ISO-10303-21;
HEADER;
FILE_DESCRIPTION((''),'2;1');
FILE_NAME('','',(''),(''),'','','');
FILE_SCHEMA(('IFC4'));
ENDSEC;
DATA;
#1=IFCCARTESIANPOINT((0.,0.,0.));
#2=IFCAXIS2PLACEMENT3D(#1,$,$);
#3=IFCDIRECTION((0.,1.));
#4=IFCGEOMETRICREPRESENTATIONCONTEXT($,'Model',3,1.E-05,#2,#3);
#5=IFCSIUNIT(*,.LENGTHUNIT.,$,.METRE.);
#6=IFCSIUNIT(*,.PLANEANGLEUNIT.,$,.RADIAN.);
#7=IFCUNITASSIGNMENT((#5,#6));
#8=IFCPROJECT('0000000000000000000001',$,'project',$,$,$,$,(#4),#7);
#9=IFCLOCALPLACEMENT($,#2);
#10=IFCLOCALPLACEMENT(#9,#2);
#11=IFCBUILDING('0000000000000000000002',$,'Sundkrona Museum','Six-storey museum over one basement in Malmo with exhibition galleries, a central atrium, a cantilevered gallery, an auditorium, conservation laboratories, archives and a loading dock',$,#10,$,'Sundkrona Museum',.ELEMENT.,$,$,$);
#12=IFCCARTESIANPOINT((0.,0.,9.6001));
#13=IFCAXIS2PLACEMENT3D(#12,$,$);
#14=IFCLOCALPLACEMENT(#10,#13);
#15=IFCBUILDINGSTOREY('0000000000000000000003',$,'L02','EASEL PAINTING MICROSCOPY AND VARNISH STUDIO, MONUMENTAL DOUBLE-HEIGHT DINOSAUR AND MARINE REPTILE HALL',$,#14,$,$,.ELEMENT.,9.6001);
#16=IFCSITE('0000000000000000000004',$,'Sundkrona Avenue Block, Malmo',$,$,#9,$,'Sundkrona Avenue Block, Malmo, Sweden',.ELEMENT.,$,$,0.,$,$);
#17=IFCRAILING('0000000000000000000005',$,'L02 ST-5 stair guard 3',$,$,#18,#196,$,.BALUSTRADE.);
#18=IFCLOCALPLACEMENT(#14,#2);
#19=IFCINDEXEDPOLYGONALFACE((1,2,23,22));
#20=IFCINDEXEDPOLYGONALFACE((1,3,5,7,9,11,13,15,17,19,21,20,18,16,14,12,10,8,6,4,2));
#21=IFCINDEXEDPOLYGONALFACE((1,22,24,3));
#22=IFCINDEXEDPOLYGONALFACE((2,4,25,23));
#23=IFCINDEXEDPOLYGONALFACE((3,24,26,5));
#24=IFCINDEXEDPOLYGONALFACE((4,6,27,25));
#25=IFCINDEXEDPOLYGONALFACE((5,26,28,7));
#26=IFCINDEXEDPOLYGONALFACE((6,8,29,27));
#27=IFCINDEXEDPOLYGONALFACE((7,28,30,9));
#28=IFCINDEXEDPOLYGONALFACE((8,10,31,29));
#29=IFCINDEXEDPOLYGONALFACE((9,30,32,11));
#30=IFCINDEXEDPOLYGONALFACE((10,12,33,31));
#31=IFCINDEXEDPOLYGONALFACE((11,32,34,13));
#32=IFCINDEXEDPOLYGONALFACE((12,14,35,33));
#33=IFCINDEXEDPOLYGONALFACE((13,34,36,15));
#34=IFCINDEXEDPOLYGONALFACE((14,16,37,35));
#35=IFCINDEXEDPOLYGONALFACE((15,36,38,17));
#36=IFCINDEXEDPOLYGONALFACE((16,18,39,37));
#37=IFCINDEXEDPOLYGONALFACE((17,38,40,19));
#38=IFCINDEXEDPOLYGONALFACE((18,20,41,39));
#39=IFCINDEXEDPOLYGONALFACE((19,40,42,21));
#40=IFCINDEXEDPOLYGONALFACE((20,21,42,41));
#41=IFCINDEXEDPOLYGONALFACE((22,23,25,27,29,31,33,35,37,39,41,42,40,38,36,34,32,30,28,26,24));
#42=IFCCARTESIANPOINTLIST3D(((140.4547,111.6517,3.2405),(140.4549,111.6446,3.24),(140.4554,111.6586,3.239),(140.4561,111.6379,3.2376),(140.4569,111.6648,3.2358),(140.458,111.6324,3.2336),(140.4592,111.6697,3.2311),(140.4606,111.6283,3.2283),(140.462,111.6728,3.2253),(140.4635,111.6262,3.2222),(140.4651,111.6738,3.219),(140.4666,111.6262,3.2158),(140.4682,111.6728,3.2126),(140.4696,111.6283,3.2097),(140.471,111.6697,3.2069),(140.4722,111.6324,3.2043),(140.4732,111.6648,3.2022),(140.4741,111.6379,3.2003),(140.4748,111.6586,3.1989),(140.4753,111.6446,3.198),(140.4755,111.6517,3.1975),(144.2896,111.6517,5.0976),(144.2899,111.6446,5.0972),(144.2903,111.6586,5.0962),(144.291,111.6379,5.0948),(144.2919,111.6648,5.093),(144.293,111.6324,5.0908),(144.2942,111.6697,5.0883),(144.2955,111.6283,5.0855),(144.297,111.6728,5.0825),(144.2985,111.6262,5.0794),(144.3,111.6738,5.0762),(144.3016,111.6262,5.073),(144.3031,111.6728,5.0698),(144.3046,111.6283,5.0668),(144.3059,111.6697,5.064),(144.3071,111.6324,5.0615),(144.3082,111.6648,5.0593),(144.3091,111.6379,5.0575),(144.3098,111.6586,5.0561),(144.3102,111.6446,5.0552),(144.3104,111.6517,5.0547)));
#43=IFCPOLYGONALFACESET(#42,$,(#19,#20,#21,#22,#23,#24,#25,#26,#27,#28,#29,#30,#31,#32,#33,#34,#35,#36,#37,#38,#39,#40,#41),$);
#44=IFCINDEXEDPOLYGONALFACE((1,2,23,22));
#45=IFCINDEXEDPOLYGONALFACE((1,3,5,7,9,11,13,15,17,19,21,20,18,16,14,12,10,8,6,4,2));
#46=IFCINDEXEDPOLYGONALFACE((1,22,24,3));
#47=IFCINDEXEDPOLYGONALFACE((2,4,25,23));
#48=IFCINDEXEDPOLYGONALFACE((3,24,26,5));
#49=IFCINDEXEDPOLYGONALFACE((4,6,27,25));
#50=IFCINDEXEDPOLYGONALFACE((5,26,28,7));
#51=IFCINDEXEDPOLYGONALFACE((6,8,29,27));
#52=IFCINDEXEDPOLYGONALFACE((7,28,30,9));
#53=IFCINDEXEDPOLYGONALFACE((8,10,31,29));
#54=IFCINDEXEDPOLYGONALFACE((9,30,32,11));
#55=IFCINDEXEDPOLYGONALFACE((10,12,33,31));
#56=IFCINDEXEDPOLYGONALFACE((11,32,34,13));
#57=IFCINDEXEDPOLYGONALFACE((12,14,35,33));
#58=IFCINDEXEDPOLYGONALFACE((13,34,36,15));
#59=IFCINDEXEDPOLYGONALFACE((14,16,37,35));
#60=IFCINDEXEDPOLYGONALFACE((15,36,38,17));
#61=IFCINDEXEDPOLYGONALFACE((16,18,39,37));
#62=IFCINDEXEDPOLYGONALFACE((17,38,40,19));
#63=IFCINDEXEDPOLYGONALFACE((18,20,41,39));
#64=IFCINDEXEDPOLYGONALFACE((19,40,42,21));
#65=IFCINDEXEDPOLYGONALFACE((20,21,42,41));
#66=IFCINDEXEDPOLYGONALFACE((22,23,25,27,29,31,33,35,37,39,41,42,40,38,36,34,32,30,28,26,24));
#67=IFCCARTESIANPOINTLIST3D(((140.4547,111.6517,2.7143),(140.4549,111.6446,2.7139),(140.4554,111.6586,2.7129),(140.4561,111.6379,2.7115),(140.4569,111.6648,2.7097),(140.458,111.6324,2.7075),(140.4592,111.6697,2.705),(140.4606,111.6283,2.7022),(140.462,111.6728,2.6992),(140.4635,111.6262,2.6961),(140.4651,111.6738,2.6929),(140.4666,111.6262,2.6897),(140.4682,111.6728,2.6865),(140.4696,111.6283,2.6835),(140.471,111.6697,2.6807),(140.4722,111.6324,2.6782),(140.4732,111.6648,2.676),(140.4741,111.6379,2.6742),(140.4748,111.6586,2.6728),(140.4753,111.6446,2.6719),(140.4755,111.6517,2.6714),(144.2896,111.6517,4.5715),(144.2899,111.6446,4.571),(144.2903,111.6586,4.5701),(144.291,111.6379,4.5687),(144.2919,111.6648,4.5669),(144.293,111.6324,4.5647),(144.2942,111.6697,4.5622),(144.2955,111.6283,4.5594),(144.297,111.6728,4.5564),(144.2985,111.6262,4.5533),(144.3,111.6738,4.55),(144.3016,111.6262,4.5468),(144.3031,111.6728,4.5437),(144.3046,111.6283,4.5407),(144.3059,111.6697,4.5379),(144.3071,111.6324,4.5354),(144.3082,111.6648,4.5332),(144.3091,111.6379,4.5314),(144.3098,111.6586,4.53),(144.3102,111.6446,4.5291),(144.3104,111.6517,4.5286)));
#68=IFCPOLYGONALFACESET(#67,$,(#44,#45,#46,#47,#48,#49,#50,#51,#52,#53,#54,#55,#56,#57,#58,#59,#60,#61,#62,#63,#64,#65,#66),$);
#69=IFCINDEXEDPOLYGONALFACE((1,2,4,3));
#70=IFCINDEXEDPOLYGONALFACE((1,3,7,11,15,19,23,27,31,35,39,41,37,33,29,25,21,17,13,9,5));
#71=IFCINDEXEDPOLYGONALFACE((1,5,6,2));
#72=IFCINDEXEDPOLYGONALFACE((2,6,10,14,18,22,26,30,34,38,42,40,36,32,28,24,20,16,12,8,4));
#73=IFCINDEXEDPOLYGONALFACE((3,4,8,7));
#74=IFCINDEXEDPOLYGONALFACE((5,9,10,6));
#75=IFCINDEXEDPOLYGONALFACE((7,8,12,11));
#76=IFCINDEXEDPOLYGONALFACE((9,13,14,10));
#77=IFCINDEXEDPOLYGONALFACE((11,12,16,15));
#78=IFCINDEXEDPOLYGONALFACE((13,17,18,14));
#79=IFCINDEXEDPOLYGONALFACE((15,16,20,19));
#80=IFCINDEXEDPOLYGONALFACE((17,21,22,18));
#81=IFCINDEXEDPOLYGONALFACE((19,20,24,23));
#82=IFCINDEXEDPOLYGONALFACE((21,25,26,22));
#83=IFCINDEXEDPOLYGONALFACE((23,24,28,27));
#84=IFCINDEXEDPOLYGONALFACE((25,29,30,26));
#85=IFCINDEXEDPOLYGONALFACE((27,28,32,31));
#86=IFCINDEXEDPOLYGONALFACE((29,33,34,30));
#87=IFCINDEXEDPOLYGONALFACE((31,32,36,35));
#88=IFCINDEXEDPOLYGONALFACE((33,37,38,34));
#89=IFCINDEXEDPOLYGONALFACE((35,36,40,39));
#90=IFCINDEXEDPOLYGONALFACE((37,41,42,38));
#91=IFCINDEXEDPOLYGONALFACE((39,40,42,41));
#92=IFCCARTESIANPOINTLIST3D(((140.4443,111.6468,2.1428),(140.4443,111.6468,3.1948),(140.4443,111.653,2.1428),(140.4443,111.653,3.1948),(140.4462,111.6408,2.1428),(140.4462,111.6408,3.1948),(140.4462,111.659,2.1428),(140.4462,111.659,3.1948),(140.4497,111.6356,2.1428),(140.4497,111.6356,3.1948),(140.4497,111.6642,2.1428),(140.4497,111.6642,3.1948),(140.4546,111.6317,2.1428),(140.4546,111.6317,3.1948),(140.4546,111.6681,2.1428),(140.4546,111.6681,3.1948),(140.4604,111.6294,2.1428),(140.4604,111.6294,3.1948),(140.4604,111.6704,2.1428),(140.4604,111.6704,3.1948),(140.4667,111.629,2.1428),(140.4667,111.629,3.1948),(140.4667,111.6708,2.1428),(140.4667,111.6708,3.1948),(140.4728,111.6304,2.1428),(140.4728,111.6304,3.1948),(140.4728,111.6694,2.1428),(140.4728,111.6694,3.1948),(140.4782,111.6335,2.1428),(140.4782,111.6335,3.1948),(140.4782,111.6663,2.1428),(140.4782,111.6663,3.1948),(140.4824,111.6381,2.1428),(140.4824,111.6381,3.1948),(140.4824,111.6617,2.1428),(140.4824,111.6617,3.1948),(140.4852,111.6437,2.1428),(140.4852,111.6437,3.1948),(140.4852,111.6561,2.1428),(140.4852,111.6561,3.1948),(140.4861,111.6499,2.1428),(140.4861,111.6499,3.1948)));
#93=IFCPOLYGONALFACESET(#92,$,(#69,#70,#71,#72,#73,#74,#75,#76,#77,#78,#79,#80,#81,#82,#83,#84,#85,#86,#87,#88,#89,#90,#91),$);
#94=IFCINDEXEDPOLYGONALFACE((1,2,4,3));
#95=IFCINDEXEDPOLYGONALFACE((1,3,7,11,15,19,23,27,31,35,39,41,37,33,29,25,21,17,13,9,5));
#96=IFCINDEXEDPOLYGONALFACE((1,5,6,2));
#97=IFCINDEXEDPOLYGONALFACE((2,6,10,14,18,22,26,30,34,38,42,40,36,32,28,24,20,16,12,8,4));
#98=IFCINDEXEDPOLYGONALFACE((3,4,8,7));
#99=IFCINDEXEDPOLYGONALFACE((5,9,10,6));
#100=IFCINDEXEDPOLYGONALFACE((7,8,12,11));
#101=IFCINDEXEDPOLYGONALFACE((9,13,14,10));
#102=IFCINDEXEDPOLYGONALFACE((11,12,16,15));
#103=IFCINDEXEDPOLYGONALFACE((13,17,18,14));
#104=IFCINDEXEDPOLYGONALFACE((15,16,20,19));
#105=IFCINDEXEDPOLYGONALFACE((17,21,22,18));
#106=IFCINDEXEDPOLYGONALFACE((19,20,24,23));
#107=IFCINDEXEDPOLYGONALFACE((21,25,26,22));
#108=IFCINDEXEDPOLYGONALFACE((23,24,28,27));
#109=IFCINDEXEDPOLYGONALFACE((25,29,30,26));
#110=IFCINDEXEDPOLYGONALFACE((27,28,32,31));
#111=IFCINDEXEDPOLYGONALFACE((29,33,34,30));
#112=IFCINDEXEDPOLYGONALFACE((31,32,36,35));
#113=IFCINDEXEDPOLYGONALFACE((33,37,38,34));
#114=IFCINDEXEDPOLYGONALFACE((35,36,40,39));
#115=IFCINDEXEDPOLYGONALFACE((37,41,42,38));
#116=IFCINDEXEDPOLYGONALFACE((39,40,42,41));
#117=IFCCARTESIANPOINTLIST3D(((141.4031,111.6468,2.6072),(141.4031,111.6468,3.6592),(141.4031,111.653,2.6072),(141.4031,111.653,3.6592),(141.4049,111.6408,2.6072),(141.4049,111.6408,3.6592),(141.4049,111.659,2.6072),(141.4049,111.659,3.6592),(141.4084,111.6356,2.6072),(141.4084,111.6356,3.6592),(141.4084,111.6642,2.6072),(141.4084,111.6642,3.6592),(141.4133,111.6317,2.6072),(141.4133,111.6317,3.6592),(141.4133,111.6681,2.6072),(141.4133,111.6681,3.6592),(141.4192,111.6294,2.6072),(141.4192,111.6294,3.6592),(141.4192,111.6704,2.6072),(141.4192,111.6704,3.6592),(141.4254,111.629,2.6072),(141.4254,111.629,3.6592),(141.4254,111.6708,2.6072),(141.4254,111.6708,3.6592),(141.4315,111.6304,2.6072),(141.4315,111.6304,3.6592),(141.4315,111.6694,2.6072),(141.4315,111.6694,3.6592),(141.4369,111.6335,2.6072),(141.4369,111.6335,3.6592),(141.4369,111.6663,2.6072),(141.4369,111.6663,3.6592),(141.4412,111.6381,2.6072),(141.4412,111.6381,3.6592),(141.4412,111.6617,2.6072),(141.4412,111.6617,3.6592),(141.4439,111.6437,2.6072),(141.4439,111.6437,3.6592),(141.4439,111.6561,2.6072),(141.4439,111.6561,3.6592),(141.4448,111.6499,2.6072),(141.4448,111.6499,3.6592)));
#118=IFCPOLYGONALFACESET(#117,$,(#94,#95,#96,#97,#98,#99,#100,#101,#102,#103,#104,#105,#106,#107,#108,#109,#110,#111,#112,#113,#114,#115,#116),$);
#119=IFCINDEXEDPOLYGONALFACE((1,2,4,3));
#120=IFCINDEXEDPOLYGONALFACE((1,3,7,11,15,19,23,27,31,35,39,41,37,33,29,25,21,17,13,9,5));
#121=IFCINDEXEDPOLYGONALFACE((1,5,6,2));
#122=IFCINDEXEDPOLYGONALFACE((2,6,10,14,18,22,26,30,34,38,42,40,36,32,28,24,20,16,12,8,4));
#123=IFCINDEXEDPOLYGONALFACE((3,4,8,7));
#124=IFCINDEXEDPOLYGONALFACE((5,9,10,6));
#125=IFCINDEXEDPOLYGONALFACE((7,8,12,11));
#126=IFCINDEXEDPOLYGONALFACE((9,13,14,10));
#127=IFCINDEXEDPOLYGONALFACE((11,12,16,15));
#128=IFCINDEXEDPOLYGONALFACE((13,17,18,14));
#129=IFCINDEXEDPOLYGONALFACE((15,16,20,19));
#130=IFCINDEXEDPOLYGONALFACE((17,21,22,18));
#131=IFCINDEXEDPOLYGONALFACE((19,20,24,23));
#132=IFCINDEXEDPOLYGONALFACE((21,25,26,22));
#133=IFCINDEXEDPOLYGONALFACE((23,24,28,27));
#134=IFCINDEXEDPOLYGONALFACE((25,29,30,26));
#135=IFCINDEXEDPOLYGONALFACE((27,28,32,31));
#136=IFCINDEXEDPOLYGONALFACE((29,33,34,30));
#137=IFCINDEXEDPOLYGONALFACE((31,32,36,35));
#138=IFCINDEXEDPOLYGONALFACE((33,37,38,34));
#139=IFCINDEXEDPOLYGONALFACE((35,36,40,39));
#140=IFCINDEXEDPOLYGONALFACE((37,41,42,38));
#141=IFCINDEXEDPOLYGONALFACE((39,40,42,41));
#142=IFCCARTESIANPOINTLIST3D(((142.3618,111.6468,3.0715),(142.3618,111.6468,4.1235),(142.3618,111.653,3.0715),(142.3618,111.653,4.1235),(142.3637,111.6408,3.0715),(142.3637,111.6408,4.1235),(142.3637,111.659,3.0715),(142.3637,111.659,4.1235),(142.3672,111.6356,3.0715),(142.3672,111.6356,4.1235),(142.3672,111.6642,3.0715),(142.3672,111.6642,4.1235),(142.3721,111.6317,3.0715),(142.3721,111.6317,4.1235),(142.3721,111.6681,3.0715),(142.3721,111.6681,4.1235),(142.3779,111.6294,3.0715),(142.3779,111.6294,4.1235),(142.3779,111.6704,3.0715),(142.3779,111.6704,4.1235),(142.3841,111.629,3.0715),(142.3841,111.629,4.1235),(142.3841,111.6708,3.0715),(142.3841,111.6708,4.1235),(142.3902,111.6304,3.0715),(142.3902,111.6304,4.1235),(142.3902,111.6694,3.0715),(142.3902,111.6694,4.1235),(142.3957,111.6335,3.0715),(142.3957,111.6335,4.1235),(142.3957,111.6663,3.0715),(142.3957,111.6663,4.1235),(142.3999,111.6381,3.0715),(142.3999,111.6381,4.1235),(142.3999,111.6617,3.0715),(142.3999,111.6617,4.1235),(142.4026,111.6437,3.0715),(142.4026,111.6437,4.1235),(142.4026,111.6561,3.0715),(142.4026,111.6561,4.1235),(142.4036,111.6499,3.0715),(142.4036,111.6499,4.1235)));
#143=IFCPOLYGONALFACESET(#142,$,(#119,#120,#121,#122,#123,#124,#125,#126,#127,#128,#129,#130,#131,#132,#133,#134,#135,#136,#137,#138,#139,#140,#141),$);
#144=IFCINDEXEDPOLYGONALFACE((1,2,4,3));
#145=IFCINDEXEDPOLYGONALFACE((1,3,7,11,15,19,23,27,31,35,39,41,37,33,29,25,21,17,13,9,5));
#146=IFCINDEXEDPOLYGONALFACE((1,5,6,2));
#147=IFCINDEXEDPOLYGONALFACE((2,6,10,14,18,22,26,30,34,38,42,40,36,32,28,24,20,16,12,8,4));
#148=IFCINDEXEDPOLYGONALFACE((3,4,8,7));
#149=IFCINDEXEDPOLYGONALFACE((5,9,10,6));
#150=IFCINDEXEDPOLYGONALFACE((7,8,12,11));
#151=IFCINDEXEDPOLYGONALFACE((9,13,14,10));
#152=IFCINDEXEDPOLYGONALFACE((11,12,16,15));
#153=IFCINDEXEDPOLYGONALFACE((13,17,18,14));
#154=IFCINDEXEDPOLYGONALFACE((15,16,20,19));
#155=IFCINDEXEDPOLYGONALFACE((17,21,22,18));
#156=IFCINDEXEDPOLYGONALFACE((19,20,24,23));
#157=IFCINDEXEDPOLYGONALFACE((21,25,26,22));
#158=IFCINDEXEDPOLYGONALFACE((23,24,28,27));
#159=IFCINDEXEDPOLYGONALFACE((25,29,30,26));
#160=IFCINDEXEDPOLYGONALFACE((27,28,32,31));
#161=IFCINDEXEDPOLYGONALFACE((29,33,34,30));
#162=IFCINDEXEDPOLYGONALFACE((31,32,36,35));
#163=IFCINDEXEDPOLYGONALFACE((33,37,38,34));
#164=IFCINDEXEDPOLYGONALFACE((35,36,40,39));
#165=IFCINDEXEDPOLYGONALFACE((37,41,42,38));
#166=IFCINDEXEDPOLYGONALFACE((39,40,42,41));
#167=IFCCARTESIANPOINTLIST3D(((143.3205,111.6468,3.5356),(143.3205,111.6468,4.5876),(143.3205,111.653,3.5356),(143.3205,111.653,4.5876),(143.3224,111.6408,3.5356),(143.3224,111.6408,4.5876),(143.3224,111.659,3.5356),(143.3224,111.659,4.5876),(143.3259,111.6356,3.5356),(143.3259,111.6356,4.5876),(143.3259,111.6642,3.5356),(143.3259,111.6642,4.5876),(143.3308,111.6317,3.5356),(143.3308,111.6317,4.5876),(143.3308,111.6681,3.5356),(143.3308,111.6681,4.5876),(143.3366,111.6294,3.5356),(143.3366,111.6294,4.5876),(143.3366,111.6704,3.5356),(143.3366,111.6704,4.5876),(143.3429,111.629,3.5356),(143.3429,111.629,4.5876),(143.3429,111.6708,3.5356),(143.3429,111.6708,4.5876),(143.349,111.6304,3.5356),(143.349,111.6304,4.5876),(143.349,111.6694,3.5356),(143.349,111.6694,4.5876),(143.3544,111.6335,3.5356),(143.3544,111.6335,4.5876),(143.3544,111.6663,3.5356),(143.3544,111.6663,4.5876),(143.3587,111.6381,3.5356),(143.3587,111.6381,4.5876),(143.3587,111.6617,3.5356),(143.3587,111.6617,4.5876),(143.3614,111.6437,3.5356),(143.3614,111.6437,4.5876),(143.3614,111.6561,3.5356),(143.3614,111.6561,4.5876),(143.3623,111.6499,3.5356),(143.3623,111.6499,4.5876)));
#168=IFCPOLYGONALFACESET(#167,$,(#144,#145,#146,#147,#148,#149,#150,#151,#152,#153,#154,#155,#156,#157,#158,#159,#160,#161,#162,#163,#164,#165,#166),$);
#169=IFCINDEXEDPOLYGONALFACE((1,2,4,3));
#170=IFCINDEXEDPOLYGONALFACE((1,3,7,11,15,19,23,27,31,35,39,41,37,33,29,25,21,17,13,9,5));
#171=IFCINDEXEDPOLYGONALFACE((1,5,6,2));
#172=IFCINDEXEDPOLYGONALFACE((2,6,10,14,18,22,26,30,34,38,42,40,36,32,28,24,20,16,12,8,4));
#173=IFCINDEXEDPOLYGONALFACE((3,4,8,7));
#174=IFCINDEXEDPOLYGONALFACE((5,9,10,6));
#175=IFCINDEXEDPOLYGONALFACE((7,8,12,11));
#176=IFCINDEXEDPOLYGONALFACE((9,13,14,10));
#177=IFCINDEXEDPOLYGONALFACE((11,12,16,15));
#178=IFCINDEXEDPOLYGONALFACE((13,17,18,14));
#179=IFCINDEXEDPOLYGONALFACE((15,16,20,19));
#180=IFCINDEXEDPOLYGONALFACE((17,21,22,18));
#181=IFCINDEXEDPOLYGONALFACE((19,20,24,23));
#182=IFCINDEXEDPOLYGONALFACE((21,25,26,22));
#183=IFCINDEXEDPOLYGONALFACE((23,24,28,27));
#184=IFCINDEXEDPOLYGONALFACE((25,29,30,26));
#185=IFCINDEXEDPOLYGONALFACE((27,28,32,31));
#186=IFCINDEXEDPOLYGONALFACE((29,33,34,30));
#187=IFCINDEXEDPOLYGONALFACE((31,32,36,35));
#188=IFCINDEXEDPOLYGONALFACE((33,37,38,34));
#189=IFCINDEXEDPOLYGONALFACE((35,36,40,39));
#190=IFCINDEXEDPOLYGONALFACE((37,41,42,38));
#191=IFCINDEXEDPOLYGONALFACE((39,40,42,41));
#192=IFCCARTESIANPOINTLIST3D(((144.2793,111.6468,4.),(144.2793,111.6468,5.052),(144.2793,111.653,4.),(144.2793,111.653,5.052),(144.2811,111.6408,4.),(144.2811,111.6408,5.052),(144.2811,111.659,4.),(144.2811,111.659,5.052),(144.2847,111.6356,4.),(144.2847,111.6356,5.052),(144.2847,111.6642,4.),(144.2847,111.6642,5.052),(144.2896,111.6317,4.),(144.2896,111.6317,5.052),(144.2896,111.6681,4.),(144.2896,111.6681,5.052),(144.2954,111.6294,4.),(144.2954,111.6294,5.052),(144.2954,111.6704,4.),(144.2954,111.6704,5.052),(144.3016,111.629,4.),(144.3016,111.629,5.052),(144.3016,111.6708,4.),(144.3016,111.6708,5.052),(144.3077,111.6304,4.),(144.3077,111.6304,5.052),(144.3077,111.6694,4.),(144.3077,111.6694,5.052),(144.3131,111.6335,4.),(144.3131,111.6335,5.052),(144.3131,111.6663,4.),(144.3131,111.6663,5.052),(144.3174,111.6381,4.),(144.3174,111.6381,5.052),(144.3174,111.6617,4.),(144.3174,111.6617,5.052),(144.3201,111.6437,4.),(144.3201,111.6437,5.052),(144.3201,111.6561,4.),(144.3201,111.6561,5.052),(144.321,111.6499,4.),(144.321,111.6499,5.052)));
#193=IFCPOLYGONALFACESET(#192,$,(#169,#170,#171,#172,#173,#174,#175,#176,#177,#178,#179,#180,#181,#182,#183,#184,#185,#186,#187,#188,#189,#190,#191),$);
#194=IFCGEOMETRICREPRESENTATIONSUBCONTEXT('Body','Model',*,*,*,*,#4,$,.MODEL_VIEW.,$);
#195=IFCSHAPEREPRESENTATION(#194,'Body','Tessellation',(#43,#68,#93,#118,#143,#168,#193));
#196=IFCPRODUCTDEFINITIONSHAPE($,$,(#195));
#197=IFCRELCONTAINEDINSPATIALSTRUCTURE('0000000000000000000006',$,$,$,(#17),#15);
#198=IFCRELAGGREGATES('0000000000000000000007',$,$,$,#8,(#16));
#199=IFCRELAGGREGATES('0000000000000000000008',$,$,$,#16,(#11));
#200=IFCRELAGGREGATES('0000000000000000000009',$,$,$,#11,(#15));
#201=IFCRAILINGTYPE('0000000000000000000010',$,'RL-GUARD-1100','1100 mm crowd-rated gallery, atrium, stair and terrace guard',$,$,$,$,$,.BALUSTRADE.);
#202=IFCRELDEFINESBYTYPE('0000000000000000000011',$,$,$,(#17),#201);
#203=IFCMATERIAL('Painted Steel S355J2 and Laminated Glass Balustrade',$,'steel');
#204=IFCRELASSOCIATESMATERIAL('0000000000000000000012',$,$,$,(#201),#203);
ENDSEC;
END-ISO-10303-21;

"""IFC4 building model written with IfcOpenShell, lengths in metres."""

from ifc_helpers import new_model, si_unit, direction, frame, origin, origin_2d, place, context, subcontext, project, spatial, circle, extrude, material, type_object, element, save


model = new_model("IFC4")

# Units and contexts
model_context = context("Model", 3, precision=1e-05, world=origin(), true_north=direction((0.0, 1.0)))
body_context = subcontext(model_context, "Body", "Model", "MODEL_VIEW")
ifc_project = project(units=[si_unit("LENGTHUNIT", "METRE"), si_unit("PLANEANGLEUNIT", "RADIAN")], contexts=[model_context])

# Site, building, storey
site_placement = place(None, origin())
site = spatial("IfcSite", under=ifc_project, at=site_placement, Name="Sundkrona Avenue Block, Malmo", LongName="Sundkrona Avenue Block, Malmo, Sweden", CompositionType="ELEMENT", RefElevation=0.0)
building_placement = place(site_placement, origin())
building = spatial("IfcBuilding", under=site, at=building_placement, Name="Sundkrona Museum", Description="Six-storey museum over one basement in Malmo with exhibition galleries, a central atrium, a cantilevered gallery, an auditorium, conservation laboratories, archives and a loading dock", LongName="Sundkrona Museum", CompositionType="ELEMENT")
storey_placement = place(building_placement, frame((0.0, 0.0, 9.6001)))
storey = spatial("IfcBuildingStorey", under=building, at=storey_placement, Name="L02", Description="EASEL PAINTING MICROSCOPY AND VARNISH STUDIO, MONUMENTAL DOUBLE-HEIGHT DINOSAUR AND MARINE REPTILE HALL", CompositionType="ELEMENT", Elevation=9.6001)

# Railing
ifc_material_1 = material(Name="Painted Steel S355J2 and Laminated Glass Balustrade", Category="steel")
railing_type_1 = type_object("IfcRailingType", Name="RL-GUARD-1100", Description="1100 mm crowd-rated gallery, atrium, stair and terrace guard", PredefinedType="BALUSTRADE", material=ifc_material_1)
railing_1_placement = place(storey_placement, frame((140.4651, 111.6499, 2.1428)))
element("IfcRailing", 1, at=railing_1_placement, inside=storey, type_object=railing_type_1, Name="L02 ST-5 stair guard 3", PredefinedType="BALUSTRADE", context=body_context, shape_type="SweptSolid", body=[
    extrude(circle(Radius=0.0239, at=origin_2d()), frame((0.0, 0.0, 1.0762), z_axis=(0.900016, 0.0, 0.435856), x_axis=(0.0, 1.0, 0.0)), (0.0, 0.0, 1.0), 4.261),
    extrude(circle(Radius=0.0239, at=origin_2d()), frame((0.0, 0.0, 0.55), z_axis=(0.900016, 0.0, 0.435856), x_axis=(0.0, 1.0, 0.0)), (0.0, 0.0, 1.0), 4.261),
    extrude(circle(Radius=0.021, at=origin_2d()), origin(), (0.0, 0.0, 1.0), 1.052),
    extrude(circle(Radius=0.021, at=origin_2d()), frame((0.9587, 0.0, 0.4644)), (0.0, 0.0, 1.0), 1.052),
    extrude(circle(Radius=0.021, at=origin_2d()), frame((1.9175, 0.0, 0.9287)), (0.0, 0.0, 1.0), 1.052),
    extrude(circle(Radius=0.021, at=origin_2d()), frame((2.8762, 0.0, 1.3928)), (0.0, 0.0, 1.0), 1.052),
    extrude(circle(Radius=0.021, at=origin_2d()), frame((3.835, 0.0, 1.8572)), (0.0, 0.0, 1.0), 1.052),
])

save(model, "model.ifc")
